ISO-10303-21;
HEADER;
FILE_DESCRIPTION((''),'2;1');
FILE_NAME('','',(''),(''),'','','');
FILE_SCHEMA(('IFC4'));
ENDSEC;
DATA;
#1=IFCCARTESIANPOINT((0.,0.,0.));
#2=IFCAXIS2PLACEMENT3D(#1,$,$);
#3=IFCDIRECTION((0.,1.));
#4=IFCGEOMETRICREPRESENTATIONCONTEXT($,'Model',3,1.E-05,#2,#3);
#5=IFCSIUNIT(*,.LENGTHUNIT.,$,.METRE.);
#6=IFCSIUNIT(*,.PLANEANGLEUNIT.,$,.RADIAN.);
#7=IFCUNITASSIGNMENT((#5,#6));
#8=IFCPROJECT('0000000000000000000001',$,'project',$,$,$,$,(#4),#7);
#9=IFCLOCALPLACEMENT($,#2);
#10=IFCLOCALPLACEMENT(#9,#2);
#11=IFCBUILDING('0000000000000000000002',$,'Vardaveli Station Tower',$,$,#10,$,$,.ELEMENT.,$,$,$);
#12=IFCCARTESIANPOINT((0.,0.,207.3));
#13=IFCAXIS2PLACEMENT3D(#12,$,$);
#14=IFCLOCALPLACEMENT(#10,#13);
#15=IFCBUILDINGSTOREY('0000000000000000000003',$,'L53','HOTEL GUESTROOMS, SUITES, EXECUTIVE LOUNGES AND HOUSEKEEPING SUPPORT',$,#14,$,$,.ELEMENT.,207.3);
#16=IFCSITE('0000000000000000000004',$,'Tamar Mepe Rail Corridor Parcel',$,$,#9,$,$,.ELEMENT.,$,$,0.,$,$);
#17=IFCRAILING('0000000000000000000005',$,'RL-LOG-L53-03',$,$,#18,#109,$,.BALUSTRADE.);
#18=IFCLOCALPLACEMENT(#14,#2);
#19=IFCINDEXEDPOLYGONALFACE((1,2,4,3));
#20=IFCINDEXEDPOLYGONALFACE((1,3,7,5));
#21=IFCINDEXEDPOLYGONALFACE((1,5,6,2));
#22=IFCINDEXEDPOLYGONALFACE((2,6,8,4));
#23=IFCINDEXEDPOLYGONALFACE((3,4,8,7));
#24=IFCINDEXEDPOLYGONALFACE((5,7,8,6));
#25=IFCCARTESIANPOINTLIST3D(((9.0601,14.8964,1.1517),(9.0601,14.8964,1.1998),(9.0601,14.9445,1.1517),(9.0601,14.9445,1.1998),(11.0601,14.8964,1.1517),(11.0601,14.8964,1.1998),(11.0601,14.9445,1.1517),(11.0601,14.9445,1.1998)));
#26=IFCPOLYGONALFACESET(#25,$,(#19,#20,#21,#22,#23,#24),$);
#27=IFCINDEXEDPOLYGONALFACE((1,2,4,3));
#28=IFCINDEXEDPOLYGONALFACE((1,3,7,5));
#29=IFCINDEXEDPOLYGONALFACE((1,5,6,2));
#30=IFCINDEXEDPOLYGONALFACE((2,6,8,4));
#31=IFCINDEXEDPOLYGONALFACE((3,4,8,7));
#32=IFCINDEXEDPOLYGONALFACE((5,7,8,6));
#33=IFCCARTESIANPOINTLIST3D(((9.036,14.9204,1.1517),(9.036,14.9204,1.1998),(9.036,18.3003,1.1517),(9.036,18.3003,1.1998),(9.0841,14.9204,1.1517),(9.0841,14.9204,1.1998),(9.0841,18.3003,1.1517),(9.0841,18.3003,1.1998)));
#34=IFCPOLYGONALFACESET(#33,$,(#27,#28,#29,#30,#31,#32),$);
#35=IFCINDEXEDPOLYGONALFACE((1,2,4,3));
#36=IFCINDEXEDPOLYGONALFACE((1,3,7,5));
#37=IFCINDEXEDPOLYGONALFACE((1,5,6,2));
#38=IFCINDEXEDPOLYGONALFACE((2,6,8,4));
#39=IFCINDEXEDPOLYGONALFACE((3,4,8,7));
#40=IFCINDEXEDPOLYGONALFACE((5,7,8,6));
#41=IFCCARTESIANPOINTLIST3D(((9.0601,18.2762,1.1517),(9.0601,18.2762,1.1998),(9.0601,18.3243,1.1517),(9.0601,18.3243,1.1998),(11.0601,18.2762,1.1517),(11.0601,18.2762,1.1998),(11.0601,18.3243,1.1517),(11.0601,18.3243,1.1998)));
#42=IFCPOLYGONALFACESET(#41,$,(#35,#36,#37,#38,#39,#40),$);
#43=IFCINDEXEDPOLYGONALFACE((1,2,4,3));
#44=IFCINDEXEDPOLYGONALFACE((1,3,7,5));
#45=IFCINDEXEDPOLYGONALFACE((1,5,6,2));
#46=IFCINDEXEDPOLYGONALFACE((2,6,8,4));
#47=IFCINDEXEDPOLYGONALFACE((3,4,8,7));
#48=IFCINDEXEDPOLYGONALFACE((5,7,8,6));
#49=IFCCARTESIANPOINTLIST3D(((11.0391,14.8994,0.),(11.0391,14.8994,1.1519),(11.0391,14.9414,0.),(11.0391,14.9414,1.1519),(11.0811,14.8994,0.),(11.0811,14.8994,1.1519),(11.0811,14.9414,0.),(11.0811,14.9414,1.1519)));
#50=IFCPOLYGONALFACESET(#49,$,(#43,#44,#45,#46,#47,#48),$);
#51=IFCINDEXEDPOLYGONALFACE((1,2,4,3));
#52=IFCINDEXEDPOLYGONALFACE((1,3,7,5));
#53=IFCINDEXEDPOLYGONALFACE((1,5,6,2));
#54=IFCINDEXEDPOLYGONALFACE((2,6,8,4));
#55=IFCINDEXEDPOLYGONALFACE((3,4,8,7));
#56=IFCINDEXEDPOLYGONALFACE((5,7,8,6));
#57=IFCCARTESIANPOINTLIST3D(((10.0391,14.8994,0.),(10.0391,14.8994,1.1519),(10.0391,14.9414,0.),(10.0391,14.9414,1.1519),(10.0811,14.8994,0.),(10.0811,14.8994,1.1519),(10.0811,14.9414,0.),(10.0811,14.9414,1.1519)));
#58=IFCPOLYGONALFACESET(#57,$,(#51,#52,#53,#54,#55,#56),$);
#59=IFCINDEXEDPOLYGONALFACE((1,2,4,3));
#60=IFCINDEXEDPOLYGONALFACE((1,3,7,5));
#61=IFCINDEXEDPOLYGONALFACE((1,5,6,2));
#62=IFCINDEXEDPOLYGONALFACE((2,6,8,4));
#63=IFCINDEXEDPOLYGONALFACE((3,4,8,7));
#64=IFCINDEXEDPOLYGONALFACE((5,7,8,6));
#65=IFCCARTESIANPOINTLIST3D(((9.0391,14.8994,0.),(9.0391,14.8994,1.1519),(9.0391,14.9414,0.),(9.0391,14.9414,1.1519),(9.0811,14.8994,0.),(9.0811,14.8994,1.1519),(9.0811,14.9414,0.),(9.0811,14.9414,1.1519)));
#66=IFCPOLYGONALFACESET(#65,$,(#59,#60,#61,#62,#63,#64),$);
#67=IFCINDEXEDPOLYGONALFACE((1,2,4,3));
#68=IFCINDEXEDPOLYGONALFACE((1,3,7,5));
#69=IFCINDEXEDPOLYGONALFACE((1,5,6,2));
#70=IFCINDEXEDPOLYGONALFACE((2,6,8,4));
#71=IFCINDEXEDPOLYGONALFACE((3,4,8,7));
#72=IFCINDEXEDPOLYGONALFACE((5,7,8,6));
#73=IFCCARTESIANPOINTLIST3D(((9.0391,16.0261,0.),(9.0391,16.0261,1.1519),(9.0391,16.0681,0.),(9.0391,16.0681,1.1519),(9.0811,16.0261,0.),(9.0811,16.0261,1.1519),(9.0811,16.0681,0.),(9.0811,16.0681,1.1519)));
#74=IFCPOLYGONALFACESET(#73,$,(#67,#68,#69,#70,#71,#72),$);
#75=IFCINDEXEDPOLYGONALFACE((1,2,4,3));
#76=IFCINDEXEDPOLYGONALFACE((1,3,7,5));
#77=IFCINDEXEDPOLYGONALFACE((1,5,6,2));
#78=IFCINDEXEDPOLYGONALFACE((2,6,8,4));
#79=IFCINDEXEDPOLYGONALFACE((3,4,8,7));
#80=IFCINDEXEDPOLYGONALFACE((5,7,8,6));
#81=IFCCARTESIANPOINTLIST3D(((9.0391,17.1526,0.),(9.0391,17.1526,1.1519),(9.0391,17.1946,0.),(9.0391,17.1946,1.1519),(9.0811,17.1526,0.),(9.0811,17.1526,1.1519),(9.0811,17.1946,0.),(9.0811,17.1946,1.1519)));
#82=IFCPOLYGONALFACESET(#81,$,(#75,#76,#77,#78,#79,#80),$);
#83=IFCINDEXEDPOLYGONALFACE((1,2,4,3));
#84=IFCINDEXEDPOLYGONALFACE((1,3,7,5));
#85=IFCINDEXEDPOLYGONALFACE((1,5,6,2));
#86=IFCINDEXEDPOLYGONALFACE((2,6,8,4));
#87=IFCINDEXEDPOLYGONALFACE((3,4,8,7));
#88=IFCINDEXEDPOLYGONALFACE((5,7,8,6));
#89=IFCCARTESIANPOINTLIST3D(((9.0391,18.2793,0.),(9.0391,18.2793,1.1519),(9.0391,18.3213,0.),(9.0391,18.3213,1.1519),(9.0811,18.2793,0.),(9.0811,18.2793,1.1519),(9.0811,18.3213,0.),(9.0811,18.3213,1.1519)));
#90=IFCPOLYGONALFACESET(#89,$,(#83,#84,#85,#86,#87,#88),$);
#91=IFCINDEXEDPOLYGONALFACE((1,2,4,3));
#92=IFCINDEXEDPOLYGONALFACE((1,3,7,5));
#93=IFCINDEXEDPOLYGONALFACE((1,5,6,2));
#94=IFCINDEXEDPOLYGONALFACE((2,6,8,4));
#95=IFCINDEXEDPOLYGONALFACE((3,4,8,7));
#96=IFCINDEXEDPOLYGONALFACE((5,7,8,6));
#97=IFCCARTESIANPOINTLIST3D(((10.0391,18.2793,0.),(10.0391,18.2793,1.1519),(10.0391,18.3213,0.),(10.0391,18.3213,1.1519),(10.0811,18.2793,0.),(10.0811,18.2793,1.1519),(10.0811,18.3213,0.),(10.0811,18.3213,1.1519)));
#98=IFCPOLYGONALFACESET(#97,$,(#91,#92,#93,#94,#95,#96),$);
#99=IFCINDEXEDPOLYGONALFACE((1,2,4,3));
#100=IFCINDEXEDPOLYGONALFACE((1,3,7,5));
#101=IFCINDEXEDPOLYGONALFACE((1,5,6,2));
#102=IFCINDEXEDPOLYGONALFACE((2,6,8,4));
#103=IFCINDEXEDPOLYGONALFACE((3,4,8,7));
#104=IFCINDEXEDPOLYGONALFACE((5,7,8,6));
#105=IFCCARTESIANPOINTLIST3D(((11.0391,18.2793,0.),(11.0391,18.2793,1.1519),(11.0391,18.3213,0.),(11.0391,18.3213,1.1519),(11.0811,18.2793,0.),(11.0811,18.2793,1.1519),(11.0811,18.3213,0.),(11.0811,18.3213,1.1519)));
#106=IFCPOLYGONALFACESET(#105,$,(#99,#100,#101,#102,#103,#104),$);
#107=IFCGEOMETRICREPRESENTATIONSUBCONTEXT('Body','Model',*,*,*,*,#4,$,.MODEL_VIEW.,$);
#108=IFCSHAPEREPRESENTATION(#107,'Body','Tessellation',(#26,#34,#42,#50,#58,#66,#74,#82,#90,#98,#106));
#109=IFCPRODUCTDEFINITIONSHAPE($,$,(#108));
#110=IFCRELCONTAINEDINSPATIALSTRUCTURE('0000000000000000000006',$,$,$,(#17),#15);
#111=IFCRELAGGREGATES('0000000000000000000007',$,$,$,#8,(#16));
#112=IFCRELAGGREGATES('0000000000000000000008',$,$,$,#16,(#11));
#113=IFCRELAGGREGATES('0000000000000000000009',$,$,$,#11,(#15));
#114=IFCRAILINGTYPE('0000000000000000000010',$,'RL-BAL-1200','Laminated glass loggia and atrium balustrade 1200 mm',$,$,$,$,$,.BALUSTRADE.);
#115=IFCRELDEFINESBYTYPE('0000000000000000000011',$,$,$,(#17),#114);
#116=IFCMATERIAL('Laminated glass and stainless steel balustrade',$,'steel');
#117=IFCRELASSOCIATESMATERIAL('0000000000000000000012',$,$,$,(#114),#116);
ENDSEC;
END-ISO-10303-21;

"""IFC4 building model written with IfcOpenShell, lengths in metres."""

from ifc_helpers import new_model, si_unit, direction, frame, origin, origin_2d, place, context, subcontext, project, spatial, rectangle, extrude, source, transform, mapped, material, type_object, element, save


model = new_model("IFC4")

# Units and contexts
model_context = context("Model", 3, precision=1e-05, world=origin(), true_north=direction((0.0, 1.0)))
body_context = subcontext(model_context, "Body", "Model", "MODEL_VIEW")
ifc_project = project(units=[si_unit("LENGTHUNIT", "METRE"), si_unit("PLANEANGLEUNIT", "RADIAN")], contexts=[model_context])

# Site, building, storey
site_placement = place(None, origin())
site = spatial("IfcSite", under=ifc_project, at=site_placement, Name="Tamar Mepe Rail Corridor Parcel", CompositionType="ELEMENT", RefElevation=0.0)
building_placement = place(site_placement, origin())
building = spatial("IfcBuilding", under=site, at=building_placement, Name="Vardaveli Station Tower", CompositionType="ELEMENT")
storey_placement = place(building_placement, frame((0.0, 0.0, 207.3)))
storey = spatial("IfcBuildingStorey", under=building, at=storey_placement, Name="L53", Description="HOTEL GUESTROOMS, SUITES, EXECUTIVE LOUNGES AND HOUSEKEEPING SUPPORT", CompositionType="ELEMENT", Elevation=207.3)

# Railing
ifc_material_1 = material(Name="Laminated glass and stainless steel balustrade", Category="steel")
railing_type = type_object("IfcRailingType", Name="RL-BAL-1200", Description="Laminated glass loggia and atrium balustrade 1200 mm", PredefinedType="BALUSTRADE", material=ifc_material_1)
shared_shape_1 = source(origin(), body_context, "Body", "SweptSolid", [
    extrude(rectangle(XDim=0.0481, YDim=0.0481, at=origin_2d()), frame((0.0, 0.0, 1.1758), z_axis=(-1.0, 0.0, 0.0), x_axis=(0.0, -1.0, 0.0)), (0.0, 0.0, 1.0), 2.0),
    extrude(rectangle(XDim=0.0481, YDim=0.0481, at=origin_2d()), frame((-2.0, 0.0, 1.1758), z_axis=(0.0, 1.0, 0.0), x_axis=(-1.0, 0.0, 0.0)), (0.0, 0.0, 1.0), 3.3799),
    extrude(rectangle(XDim=0.0481, YDim=0.0481, at=origin_2d()), frame((-2.0, 3.3799, 1.1758), z_axis=(1.0, 0.0, 0.0), x_axis=(0.0, 1.0, 0.0)), (0.0, 0.0, 1.0), 2.0),
    extrude(rectangle(XDim=0.042, YDim=0.042, at=origin_2d()), origin(), (0.0, 0.0, 1.0), 1.1519),
    extrude(rectangle(XDim=0.042, YDim=0.042, at=origin_2d()), frame((-1.0, 0.0, 0.0)), (0.0, 0.0, 1.0), 1.1519),
    extrude(rectangle(XDim=0.042, YDim=0.042, at=origin_2d()), frame((-2.0, 0.0, 0.0)), (0.0, 0.0, 1.0), 1.1519),
    extrude(rectangle(XDim=0.042, YDim=0.042, at=origin_2d()), frame((-2.0, 1.1267, 0.0)), (0.0, 0.0, 1.0), 1.1519),
    extrude(rectangle(XDim=0.042, YDim=0.042, at=origin_2d()), frame((-2.0, 2.2532, 0.0)), (0.0, 0.0, 1.0), 1.1519),
    extrude(rectangle(XDim=0.042, YDim=0.042, at=origin_2d()), frame((-2.0, 3.3799, 0.0)), (0.0, 0.0, 1.0), 1.1519),
    extrude(rectangle(XDim=0.042, YDim=0.042, at=origin_2d()), frame((-1.0, 3.3799, 0.0)), (0.0, 0.0, 1.0), 1.1519),
    extrude(rectangle(XDim=0.042, YDim=0.042, at=origin_2d()), frame((0.0, 3.3799, 0.0)), (0.0, 0.0, 1.0), 1.1519),
])
railing_placement = place(storey_placement, frame((11.0601, 14.9204, 0.0)))
element("IfcRailing", 1, at=railing_placement, inside=storey, type_object=railing_type, Name="RL-LOG-L53-03", PredefinedType="BALUSTRADE", context=body_context, shape_type="MappedRepresentation", body=[
    mapped(shared_shape_1, transform((0.0, 0.0, 0.0), scale=1.0)),
])

save(model, "model.ifc")
